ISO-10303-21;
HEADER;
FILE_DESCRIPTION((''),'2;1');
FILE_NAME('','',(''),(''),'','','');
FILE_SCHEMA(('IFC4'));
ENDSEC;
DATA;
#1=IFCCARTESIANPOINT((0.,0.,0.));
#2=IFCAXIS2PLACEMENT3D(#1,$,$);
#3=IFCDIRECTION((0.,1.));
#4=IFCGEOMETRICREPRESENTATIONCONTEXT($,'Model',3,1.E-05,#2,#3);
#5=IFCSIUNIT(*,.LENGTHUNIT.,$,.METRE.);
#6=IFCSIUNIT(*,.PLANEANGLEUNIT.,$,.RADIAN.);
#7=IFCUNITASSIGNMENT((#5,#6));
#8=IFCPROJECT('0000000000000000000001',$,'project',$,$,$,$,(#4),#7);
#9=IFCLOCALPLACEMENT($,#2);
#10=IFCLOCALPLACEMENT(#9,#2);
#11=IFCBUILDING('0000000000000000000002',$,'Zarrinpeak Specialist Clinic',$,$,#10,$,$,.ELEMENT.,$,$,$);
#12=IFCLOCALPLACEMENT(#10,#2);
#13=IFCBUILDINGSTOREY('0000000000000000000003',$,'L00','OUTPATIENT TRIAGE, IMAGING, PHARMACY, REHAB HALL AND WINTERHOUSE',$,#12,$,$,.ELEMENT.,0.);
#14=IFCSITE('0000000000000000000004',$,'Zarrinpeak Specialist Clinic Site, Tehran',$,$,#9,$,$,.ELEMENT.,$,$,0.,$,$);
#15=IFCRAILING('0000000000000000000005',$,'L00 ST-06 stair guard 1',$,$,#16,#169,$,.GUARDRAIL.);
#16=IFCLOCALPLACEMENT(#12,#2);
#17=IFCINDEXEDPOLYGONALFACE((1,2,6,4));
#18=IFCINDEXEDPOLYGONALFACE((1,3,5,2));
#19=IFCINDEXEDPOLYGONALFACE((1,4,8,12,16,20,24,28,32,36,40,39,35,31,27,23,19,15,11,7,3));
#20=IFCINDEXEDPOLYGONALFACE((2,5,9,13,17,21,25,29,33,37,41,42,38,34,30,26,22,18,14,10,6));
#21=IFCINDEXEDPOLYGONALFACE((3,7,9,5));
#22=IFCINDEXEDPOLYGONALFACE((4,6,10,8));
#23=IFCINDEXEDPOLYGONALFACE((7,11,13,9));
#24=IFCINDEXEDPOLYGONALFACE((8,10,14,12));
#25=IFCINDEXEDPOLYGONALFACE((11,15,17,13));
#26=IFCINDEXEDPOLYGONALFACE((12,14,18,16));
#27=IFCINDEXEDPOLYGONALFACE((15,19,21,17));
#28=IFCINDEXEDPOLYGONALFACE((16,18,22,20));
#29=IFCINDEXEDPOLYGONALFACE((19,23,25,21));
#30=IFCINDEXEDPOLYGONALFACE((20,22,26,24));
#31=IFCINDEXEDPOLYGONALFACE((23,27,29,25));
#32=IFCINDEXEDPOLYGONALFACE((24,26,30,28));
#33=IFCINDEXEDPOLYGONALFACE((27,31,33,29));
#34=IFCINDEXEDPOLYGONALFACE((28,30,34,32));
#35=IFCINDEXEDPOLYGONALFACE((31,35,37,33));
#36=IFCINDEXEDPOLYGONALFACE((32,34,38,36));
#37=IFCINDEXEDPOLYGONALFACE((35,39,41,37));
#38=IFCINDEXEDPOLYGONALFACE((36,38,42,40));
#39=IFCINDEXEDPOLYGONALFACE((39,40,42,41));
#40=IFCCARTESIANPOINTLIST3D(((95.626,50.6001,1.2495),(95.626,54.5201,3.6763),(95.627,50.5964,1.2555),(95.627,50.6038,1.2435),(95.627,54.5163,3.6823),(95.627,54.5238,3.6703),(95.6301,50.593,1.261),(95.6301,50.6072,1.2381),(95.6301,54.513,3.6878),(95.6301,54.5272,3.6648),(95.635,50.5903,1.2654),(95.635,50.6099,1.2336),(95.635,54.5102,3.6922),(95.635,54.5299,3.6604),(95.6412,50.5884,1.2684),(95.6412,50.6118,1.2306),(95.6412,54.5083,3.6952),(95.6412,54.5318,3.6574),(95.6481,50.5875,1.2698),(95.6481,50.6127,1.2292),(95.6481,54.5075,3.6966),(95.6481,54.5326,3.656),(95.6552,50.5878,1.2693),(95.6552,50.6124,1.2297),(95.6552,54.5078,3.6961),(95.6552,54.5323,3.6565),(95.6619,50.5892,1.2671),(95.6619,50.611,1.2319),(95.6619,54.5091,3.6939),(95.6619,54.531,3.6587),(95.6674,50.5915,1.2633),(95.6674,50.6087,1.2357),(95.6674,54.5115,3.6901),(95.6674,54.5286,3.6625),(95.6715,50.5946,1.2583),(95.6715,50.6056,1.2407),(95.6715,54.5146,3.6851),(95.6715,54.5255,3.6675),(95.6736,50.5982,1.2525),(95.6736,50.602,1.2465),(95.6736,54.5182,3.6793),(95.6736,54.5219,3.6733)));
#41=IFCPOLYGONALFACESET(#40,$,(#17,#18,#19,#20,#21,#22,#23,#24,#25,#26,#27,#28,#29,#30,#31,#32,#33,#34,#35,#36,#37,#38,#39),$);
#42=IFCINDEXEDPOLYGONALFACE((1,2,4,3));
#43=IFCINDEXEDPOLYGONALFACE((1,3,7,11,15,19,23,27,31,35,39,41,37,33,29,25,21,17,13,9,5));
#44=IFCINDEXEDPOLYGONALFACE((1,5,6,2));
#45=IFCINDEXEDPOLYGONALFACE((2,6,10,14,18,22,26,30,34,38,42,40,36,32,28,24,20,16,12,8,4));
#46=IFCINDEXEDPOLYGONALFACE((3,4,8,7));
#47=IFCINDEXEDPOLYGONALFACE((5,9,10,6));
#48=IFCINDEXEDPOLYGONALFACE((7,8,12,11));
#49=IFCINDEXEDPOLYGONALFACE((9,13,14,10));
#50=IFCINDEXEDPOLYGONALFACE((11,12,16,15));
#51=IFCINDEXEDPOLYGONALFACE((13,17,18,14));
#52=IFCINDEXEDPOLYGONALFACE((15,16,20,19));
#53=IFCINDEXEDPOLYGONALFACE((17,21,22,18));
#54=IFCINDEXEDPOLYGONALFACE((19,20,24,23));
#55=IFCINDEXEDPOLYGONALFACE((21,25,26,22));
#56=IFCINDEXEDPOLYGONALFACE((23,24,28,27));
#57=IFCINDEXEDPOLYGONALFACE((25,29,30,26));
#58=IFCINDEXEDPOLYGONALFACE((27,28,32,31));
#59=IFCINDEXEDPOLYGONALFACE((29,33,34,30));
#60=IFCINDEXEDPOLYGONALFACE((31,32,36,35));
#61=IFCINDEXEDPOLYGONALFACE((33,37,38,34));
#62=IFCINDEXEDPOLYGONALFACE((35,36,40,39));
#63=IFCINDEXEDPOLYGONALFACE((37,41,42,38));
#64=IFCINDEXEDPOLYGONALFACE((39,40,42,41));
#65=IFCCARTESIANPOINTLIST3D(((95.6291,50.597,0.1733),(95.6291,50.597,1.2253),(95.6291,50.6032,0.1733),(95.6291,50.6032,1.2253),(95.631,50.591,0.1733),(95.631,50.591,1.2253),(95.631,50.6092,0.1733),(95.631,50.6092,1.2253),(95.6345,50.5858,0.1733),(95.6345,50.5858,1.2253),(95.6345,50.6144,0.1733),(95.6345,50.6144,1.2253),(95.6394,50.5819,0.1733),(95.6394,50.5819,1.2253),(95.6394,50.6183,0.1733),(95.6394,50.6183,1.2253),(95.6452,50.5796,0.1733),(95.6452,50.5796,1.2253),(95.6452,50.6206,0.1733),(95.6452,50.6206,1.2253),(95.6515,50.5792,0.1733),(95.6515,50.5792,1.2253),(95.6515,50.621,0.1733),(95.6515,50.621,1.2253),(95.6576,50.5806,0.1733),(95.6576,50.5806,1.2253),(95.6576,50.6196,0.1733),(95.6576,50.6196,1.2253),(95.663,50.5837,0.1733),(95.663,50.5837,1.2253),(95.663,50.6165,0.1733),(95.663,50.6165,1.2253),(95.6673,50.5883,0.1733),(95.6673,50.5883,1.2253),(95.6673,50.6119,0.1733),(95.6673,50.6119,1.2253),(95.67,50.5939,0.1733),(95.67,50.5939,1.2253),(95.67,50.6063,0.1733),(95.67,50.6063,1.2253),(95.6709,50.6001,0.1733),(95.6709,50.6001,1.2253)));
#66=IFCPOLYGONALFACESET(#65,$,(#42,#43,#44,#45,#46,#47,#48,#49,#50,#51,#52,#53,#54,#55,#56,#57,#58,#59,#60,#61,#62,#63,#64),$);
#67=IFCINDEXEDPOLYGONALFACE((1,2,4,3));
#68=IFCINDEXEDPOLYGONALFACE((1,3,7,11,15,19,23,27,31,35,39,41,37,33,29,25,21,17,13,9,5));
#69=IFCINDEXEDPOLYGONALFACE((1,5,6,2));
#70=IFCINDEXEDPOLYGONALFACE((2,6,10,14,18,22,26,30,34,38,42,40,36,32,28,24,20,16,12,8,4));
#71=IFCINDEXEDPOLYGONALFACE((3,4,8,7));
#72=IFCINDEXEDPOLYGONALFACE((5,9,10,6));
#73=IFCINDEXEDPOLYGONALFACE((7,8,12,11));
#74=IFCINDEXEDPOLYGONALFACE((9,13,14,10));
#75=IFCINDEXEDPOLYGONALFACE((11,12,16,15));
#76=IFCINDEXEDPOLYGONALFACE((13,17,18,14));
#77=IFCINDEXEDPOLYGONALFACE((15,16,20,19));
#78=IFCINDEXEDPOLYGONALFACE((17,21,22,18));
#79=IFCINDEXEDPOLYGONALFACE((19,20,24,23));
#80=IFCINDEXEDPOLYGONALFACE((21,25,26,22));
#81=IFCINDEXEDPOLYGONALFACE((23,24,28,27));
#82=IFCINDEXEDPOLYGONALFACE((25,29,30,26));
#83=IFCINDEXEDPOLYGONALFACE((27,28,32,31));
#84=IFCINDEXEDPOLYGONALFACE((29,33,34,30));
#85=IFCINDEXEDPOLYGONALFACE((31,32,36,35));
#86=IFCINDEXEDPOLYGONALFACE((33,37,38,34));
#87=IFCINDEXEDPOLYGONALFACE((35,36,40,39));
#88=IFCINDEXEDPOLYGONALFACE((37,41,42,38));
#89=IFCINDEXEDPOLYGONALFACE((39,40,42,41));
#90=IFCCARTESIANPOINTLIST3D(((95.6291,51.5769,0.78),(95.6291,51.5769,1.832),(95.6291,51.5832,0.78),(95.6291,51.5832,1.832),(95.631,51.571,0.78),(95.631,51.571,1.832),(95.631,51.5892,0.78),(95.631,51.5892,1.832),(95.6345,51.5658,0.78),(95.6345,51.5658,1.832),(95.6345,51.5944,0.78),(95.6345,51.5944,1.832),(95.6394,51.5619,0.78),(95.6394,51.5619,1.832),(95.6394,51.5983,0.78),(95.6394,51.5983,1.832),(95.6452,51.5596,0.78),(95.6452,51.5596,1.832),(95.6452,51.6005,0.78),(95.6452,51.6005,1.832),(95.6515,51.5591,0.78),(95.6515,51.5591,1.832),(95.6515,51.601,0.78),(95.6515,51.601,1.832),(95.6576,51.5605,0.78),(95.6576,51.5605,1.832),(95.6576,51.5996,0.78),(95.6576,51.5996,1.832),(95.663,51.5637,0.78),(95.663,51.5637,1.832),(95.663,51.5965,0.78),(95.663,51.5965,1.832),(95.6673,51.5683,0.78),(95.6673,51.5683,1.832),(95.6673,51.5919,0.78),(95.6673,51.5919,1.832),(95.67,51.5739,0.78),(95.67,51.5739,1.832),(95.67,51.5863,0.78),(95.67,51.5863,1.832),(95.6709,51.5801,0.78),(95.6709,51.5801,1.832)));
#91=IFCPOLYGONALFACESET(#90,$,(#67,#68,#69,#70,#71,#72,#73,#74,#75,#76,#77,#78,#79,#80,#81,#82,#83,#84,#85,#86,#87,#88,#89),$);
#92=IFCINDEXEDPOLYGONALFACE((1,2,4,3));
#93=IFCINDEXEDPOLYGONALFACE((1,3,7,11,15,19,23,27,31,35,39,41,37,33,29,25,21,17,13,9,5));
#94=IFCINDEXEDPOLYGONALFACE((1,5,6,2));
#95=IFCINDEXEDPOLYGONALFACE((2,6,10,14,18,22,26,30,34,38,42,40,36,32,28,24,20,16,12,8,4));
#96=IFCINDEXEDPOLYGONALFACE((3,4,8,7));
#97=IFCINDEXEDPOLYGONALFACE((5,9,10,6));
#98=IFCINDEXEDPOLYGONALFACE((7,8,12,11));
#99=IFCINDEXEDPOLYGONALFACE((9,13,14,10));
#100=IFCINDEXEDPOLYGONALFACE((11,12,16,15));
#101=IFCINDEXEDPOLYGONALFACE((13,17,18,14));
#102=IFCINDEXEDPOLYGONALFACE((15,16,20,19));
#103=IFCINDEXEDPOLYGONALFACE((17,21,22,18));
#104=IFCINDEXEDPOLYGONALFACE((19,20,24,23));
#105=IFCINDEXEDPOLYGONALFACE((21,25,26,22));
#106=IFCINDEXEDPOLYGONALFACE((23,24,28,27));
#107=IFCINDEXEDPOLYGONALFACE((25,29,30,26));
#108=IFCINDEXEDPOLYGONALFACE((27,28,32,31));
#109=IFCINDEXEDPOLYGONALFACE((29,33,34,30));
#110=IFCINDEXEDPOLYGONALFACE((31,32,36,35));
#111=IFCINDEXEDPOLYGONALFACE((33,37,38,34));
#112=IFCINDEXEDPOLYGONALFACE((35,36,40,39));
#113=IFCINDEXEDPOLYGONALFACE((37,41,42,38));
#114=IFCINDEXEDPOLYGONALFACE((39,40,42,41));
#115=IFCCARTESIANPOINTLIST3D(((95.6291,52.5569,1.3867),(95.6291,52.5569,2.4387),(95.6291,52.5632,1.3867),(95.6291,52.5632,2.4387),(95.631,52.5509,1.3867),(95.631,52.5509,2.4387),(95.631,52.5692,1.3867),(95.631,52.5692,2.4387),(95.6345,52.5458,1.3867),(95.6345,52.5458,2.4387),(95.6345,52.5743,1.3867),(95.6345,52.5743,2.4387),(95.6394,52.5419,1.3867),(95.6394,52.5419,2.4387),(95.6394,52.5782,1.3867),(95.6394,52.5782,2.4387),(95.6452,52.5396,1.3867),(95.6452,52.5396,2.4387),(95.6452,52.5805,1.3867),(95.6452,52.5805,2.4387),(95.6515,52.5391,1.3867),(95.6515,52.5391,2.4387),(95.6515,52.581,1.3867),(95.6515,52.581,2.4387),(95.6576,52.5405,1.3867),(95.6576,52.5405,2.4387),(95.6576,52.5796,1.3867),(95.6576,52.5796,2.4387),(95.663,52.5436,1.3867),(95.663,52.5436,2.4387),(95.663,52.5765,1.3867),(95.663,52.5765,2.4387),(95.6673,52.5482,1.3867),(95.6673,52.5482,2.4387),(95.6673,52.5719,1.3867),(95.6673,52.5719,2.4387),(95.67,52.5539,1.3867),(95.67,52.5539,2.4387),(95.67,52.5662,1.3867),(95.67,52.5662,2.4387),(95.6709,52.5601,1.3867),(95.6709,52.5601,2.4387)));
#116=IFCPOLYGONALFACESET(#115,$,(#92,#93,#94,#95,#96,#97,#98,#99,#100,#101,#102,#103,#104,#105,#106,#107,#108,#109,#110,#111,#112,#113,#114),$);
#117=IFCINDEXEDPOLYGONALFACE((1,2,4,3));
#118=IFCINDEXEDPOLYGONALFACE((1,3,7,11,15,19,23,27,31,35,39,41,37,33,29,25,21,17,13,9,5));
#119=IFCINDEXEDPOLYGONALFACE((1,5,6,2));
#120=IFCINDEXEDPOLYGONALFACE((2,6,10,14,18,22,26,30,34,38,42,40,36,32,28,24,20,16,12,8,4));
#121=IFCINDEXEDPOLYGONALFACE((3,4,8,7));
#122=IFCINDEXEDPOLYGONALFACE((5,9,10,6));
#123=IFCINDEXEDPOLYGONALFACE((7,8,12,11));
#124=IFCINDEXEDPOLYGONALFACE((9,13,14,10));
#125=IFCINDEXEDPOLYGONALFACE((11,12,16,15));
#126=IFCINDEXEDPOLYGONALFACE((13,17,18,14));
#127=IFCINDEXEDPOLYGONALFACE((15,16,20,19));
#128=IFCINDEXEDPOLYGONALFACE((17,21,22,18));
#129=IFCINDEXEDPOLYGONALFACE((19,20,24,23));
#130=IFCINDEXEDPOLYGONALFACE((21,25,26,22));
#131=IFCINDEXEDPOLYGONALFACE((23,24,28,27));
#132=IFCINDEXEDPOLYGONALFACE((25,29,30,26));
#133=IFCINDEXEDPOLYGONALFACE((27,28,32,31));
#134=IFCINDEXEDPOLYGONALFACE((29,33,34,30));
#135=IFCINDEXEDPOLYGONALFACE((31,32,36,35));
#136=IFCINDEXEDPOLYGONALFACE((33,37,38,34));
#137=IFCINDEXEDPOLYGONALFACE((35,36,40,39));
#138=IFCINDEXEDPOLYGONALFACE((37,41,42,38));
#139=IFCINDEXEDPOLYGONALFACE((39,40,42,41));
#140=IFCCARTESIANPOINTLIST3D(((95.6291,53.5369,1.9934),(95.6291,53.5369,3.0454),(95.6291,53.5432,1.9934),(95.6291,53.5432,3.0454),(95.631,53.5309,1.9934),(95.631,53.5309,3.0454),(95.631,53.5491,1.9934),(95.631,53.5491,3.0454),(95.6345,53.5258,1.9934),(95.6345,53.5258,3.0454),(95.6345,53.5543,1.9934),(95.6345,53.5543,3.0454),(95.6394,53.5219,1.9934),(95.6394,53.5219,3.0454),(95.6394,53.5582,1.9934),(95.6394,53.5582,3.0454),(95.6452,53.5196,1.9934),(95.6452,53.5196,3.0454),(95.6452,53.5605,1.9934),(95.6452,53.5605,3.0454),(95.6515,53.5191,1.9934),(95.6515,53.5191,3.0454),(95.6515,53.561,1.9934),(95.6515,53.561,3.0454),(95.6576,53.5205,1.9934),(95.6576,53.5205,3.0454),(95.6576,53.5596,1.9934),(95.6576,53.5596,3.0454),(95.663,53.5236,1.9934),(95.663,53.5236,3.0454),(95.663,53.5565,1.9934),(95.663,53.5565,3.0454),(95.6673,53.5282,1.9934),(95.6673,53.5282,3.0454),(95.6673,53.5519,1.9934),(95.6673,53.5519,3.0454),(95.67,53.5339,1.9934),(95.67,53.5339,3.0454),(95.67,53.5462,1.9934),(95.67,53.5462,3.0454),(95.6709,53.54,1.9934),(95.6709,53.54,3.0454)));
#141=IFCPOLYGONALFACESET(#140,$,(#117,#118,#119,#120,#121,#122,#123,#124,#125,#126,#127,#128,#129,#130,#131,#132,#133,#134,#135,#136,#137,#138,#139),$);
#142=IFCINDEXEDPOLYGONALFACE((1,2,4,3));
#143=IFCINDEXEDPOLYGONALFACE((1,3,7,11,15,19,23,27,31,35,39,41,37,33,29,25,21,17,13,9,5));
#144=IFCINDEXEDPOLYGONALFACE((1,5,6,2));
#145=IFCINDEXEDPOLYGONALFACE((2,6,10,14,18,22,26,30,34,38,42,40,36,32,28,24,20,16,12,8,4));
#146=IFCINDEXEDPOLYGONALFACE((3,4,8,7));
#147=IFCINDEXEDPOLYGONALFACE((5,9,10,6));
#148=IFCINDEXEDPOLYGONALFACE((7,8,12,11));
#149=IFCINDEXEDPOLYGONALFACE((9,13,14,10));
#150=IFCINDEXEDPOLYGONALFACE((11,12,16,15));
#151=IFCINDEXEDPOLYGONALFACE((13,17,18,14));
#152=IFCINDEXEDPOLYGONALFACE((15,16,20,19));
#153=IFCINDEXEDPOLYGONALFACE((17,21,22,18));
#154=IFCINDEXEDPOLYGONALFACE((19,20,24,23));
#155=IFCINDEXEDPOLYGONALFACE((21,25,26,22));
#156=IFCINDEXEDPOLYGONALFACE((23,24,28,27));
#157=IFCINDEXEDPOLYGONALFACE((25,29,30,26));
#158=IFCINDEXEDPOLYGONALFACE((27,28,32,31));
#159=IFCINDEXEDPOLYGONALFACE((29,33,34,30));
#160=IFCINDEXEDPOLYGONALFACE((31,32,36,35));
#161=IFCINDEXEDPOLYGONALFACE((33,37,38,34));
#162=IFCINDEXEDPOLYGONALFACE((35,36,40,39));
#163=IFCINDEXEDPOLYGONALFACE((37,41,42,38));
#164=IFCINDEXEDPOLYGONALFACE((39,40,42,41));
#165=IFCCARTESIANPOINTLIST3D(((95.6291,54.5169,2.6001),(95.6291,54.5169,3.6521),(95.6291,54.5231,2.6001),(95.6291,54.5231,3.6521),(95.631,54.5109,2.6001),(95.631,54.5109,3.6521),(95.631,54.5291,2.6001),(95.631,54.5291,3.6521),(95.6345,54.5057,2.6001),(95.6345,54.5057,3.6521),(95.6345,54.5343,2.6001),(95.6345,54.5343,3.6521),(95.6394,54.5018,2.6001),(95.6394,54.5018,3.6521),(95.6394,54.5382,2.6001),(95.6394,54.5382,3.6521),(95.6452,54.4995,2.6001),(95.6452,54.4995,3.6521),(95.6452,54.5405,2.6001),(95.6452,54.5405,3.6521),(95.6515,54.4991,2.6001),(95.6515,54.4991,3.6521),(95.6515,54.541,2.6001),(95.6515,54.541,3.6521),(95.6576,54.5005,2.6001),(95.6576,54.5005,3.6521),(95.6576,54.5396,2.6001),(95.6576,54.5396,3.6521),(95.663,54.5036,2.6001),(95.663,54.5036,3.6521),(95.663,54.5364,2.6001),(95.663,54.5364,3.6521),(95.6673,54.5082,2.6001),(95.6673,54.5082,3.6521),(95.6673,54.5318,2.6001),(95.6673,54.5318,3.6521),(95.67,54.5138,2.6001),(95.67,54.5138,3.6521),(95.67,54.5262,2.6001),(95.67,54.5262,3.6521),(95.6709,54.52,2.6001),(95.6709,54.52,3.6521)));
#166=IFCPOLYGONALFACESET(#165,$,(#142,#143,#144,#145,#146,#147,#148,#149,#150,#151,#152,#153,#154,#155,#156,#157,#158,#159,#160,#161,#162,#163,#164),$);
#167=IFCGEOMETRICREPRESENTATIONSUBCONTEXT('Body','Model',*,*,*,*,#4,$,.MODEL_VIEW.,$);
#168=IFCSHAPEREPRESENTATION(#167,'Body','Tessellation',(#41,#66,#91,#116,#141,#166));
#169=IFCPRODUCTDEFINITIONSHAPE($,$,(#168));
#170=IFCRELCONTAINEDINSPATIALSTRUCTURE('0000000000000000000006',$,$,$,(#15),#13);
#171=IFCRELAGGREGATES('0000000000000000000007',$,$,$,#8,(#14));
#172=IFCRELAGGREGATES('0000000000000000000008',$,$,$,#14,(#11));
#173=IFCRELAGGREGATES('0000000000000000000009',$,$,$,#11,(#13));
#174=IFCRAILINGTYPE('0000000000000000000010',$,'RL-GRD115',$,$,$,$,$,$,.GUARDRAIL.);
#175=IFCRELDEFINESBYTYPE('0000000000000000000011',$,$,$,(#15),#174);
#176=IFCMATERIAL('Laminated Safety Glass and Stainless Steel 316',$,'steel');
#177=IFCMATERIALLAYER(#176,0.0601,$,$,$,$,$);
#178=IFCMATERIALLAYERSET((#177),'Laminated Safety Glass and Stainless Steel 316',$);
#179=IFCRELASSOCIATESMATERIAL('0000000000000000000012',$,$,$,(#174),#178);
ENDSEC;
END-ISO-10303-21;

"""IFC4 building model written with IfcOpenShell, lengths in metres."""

from ifc_helpers import new_model, si_unit, direction, frame, origin, origin_2d, place, context, subcontext, project, spatial, circle, extrude, material, layer, layer_set, type_object, element, save


model = new_model("IFC4")

# Units and contexts
model_context = context("Model", 3, precision=1e-05, world=origin(), true_north=direction((0.0, 1.0)))
body_context = subcontext(model_context, "Body", "Model", "MODEL_VIEW")
ifc_project = project(units=[si_unit("LENGTHUNIT", "METRE"), si_unit("PLANEANGLEUNIT", "RADIAN")], contexts=[model_context])

# Site, building, storey
site_placement = place(None, origin())
site = spatial("IfcSite", under=ifc_project, at=site_placement, Name="Zarrinpeak Specialist Clinic Site, Tehran", CompositionType="ELEMENT", RefElevation=0.0)
building_placement = place(site_placement, origin())
building = spatial("IfcBuilding", under=site, at=building_placement, Name="Zarrinpeak Specialist Clinic", CompositionType="ELEMENT")
storey_placement = place(building_placement, origin())
storey = spatial("IfcBuildingStorey", under=building, at=storey_placement, Name="L00", Description="OUTPATIENT TRIAGE, IMAGING, PHARMACY, REHAB HALL AND WINTERHOUSE", CompositionType="ELEMENT", Elevation=0.0)

# Railing
ifc_material_1 = material(Name="Laminated Safety Glass and Stainless Steel 316", Category="steel")
ifc_layer_1 = layer(ifc_material_1, 0.0601)
ifc_layer_set_1 = layer_set([ifc_layer_1], Name="Laminated Safety Glass and Stainless Steel 316")
railing_type_1 = type_object("IfcRailingType", Name="RL-GRD115", PredefinedType="GUARDRAIL", material=ifc_layer_set_1)
railing_1_placement = place(storey_placement, frame((95.6499, 50.6001, 0.1733)))
element("IfcRailing", 1, at=railing_1_placement, inside=storey, type_object=railing_type_1, Name="L00 ST-06 stair guard 1", PredefinedType="GUARDRAIL", context=body_context, shape_type="SweptSolid", body=[
    extrude(circle(Radius=0.0239, at=origin_2d()), frame((0.0, 0.0, 1.0762), z_axis=(0.0, 0.850252, 0.526376), x_axis=(-1.0, 0.0, 0.0)), (0.0, 0.0, 1.0), 4.6104),
    extrude(circle(Radius=0.021, at=origin_2d()), origin(), (0.0, 0.0, 1.0), 1.052),
    extrude(circle(Radius=0.021, at=origin_2d()), frame((0.0, 0.98, 0.6067)), (0.0, 0.0, 1.0), 1.052),
    extrude(circle(Radius=0.021, at=origin_2d()), frame((0.0, 1.96, 1.2134)), (0.0, 0.0, 1.0), 1.052),
    extrude(circle(Radius=0.021, at=origin_2d()), frame((0.0, 2.9399, 1.8201)), (0.0, 0.0, 1.0), 1.052),
    extrude(circle(Radius=0.021, at=origin_2d()), frame((0.0, 3.9199, 2.4268)), (0.0, 0.0, 1.0), 1.052),
])

save(model, "model.ifc")
